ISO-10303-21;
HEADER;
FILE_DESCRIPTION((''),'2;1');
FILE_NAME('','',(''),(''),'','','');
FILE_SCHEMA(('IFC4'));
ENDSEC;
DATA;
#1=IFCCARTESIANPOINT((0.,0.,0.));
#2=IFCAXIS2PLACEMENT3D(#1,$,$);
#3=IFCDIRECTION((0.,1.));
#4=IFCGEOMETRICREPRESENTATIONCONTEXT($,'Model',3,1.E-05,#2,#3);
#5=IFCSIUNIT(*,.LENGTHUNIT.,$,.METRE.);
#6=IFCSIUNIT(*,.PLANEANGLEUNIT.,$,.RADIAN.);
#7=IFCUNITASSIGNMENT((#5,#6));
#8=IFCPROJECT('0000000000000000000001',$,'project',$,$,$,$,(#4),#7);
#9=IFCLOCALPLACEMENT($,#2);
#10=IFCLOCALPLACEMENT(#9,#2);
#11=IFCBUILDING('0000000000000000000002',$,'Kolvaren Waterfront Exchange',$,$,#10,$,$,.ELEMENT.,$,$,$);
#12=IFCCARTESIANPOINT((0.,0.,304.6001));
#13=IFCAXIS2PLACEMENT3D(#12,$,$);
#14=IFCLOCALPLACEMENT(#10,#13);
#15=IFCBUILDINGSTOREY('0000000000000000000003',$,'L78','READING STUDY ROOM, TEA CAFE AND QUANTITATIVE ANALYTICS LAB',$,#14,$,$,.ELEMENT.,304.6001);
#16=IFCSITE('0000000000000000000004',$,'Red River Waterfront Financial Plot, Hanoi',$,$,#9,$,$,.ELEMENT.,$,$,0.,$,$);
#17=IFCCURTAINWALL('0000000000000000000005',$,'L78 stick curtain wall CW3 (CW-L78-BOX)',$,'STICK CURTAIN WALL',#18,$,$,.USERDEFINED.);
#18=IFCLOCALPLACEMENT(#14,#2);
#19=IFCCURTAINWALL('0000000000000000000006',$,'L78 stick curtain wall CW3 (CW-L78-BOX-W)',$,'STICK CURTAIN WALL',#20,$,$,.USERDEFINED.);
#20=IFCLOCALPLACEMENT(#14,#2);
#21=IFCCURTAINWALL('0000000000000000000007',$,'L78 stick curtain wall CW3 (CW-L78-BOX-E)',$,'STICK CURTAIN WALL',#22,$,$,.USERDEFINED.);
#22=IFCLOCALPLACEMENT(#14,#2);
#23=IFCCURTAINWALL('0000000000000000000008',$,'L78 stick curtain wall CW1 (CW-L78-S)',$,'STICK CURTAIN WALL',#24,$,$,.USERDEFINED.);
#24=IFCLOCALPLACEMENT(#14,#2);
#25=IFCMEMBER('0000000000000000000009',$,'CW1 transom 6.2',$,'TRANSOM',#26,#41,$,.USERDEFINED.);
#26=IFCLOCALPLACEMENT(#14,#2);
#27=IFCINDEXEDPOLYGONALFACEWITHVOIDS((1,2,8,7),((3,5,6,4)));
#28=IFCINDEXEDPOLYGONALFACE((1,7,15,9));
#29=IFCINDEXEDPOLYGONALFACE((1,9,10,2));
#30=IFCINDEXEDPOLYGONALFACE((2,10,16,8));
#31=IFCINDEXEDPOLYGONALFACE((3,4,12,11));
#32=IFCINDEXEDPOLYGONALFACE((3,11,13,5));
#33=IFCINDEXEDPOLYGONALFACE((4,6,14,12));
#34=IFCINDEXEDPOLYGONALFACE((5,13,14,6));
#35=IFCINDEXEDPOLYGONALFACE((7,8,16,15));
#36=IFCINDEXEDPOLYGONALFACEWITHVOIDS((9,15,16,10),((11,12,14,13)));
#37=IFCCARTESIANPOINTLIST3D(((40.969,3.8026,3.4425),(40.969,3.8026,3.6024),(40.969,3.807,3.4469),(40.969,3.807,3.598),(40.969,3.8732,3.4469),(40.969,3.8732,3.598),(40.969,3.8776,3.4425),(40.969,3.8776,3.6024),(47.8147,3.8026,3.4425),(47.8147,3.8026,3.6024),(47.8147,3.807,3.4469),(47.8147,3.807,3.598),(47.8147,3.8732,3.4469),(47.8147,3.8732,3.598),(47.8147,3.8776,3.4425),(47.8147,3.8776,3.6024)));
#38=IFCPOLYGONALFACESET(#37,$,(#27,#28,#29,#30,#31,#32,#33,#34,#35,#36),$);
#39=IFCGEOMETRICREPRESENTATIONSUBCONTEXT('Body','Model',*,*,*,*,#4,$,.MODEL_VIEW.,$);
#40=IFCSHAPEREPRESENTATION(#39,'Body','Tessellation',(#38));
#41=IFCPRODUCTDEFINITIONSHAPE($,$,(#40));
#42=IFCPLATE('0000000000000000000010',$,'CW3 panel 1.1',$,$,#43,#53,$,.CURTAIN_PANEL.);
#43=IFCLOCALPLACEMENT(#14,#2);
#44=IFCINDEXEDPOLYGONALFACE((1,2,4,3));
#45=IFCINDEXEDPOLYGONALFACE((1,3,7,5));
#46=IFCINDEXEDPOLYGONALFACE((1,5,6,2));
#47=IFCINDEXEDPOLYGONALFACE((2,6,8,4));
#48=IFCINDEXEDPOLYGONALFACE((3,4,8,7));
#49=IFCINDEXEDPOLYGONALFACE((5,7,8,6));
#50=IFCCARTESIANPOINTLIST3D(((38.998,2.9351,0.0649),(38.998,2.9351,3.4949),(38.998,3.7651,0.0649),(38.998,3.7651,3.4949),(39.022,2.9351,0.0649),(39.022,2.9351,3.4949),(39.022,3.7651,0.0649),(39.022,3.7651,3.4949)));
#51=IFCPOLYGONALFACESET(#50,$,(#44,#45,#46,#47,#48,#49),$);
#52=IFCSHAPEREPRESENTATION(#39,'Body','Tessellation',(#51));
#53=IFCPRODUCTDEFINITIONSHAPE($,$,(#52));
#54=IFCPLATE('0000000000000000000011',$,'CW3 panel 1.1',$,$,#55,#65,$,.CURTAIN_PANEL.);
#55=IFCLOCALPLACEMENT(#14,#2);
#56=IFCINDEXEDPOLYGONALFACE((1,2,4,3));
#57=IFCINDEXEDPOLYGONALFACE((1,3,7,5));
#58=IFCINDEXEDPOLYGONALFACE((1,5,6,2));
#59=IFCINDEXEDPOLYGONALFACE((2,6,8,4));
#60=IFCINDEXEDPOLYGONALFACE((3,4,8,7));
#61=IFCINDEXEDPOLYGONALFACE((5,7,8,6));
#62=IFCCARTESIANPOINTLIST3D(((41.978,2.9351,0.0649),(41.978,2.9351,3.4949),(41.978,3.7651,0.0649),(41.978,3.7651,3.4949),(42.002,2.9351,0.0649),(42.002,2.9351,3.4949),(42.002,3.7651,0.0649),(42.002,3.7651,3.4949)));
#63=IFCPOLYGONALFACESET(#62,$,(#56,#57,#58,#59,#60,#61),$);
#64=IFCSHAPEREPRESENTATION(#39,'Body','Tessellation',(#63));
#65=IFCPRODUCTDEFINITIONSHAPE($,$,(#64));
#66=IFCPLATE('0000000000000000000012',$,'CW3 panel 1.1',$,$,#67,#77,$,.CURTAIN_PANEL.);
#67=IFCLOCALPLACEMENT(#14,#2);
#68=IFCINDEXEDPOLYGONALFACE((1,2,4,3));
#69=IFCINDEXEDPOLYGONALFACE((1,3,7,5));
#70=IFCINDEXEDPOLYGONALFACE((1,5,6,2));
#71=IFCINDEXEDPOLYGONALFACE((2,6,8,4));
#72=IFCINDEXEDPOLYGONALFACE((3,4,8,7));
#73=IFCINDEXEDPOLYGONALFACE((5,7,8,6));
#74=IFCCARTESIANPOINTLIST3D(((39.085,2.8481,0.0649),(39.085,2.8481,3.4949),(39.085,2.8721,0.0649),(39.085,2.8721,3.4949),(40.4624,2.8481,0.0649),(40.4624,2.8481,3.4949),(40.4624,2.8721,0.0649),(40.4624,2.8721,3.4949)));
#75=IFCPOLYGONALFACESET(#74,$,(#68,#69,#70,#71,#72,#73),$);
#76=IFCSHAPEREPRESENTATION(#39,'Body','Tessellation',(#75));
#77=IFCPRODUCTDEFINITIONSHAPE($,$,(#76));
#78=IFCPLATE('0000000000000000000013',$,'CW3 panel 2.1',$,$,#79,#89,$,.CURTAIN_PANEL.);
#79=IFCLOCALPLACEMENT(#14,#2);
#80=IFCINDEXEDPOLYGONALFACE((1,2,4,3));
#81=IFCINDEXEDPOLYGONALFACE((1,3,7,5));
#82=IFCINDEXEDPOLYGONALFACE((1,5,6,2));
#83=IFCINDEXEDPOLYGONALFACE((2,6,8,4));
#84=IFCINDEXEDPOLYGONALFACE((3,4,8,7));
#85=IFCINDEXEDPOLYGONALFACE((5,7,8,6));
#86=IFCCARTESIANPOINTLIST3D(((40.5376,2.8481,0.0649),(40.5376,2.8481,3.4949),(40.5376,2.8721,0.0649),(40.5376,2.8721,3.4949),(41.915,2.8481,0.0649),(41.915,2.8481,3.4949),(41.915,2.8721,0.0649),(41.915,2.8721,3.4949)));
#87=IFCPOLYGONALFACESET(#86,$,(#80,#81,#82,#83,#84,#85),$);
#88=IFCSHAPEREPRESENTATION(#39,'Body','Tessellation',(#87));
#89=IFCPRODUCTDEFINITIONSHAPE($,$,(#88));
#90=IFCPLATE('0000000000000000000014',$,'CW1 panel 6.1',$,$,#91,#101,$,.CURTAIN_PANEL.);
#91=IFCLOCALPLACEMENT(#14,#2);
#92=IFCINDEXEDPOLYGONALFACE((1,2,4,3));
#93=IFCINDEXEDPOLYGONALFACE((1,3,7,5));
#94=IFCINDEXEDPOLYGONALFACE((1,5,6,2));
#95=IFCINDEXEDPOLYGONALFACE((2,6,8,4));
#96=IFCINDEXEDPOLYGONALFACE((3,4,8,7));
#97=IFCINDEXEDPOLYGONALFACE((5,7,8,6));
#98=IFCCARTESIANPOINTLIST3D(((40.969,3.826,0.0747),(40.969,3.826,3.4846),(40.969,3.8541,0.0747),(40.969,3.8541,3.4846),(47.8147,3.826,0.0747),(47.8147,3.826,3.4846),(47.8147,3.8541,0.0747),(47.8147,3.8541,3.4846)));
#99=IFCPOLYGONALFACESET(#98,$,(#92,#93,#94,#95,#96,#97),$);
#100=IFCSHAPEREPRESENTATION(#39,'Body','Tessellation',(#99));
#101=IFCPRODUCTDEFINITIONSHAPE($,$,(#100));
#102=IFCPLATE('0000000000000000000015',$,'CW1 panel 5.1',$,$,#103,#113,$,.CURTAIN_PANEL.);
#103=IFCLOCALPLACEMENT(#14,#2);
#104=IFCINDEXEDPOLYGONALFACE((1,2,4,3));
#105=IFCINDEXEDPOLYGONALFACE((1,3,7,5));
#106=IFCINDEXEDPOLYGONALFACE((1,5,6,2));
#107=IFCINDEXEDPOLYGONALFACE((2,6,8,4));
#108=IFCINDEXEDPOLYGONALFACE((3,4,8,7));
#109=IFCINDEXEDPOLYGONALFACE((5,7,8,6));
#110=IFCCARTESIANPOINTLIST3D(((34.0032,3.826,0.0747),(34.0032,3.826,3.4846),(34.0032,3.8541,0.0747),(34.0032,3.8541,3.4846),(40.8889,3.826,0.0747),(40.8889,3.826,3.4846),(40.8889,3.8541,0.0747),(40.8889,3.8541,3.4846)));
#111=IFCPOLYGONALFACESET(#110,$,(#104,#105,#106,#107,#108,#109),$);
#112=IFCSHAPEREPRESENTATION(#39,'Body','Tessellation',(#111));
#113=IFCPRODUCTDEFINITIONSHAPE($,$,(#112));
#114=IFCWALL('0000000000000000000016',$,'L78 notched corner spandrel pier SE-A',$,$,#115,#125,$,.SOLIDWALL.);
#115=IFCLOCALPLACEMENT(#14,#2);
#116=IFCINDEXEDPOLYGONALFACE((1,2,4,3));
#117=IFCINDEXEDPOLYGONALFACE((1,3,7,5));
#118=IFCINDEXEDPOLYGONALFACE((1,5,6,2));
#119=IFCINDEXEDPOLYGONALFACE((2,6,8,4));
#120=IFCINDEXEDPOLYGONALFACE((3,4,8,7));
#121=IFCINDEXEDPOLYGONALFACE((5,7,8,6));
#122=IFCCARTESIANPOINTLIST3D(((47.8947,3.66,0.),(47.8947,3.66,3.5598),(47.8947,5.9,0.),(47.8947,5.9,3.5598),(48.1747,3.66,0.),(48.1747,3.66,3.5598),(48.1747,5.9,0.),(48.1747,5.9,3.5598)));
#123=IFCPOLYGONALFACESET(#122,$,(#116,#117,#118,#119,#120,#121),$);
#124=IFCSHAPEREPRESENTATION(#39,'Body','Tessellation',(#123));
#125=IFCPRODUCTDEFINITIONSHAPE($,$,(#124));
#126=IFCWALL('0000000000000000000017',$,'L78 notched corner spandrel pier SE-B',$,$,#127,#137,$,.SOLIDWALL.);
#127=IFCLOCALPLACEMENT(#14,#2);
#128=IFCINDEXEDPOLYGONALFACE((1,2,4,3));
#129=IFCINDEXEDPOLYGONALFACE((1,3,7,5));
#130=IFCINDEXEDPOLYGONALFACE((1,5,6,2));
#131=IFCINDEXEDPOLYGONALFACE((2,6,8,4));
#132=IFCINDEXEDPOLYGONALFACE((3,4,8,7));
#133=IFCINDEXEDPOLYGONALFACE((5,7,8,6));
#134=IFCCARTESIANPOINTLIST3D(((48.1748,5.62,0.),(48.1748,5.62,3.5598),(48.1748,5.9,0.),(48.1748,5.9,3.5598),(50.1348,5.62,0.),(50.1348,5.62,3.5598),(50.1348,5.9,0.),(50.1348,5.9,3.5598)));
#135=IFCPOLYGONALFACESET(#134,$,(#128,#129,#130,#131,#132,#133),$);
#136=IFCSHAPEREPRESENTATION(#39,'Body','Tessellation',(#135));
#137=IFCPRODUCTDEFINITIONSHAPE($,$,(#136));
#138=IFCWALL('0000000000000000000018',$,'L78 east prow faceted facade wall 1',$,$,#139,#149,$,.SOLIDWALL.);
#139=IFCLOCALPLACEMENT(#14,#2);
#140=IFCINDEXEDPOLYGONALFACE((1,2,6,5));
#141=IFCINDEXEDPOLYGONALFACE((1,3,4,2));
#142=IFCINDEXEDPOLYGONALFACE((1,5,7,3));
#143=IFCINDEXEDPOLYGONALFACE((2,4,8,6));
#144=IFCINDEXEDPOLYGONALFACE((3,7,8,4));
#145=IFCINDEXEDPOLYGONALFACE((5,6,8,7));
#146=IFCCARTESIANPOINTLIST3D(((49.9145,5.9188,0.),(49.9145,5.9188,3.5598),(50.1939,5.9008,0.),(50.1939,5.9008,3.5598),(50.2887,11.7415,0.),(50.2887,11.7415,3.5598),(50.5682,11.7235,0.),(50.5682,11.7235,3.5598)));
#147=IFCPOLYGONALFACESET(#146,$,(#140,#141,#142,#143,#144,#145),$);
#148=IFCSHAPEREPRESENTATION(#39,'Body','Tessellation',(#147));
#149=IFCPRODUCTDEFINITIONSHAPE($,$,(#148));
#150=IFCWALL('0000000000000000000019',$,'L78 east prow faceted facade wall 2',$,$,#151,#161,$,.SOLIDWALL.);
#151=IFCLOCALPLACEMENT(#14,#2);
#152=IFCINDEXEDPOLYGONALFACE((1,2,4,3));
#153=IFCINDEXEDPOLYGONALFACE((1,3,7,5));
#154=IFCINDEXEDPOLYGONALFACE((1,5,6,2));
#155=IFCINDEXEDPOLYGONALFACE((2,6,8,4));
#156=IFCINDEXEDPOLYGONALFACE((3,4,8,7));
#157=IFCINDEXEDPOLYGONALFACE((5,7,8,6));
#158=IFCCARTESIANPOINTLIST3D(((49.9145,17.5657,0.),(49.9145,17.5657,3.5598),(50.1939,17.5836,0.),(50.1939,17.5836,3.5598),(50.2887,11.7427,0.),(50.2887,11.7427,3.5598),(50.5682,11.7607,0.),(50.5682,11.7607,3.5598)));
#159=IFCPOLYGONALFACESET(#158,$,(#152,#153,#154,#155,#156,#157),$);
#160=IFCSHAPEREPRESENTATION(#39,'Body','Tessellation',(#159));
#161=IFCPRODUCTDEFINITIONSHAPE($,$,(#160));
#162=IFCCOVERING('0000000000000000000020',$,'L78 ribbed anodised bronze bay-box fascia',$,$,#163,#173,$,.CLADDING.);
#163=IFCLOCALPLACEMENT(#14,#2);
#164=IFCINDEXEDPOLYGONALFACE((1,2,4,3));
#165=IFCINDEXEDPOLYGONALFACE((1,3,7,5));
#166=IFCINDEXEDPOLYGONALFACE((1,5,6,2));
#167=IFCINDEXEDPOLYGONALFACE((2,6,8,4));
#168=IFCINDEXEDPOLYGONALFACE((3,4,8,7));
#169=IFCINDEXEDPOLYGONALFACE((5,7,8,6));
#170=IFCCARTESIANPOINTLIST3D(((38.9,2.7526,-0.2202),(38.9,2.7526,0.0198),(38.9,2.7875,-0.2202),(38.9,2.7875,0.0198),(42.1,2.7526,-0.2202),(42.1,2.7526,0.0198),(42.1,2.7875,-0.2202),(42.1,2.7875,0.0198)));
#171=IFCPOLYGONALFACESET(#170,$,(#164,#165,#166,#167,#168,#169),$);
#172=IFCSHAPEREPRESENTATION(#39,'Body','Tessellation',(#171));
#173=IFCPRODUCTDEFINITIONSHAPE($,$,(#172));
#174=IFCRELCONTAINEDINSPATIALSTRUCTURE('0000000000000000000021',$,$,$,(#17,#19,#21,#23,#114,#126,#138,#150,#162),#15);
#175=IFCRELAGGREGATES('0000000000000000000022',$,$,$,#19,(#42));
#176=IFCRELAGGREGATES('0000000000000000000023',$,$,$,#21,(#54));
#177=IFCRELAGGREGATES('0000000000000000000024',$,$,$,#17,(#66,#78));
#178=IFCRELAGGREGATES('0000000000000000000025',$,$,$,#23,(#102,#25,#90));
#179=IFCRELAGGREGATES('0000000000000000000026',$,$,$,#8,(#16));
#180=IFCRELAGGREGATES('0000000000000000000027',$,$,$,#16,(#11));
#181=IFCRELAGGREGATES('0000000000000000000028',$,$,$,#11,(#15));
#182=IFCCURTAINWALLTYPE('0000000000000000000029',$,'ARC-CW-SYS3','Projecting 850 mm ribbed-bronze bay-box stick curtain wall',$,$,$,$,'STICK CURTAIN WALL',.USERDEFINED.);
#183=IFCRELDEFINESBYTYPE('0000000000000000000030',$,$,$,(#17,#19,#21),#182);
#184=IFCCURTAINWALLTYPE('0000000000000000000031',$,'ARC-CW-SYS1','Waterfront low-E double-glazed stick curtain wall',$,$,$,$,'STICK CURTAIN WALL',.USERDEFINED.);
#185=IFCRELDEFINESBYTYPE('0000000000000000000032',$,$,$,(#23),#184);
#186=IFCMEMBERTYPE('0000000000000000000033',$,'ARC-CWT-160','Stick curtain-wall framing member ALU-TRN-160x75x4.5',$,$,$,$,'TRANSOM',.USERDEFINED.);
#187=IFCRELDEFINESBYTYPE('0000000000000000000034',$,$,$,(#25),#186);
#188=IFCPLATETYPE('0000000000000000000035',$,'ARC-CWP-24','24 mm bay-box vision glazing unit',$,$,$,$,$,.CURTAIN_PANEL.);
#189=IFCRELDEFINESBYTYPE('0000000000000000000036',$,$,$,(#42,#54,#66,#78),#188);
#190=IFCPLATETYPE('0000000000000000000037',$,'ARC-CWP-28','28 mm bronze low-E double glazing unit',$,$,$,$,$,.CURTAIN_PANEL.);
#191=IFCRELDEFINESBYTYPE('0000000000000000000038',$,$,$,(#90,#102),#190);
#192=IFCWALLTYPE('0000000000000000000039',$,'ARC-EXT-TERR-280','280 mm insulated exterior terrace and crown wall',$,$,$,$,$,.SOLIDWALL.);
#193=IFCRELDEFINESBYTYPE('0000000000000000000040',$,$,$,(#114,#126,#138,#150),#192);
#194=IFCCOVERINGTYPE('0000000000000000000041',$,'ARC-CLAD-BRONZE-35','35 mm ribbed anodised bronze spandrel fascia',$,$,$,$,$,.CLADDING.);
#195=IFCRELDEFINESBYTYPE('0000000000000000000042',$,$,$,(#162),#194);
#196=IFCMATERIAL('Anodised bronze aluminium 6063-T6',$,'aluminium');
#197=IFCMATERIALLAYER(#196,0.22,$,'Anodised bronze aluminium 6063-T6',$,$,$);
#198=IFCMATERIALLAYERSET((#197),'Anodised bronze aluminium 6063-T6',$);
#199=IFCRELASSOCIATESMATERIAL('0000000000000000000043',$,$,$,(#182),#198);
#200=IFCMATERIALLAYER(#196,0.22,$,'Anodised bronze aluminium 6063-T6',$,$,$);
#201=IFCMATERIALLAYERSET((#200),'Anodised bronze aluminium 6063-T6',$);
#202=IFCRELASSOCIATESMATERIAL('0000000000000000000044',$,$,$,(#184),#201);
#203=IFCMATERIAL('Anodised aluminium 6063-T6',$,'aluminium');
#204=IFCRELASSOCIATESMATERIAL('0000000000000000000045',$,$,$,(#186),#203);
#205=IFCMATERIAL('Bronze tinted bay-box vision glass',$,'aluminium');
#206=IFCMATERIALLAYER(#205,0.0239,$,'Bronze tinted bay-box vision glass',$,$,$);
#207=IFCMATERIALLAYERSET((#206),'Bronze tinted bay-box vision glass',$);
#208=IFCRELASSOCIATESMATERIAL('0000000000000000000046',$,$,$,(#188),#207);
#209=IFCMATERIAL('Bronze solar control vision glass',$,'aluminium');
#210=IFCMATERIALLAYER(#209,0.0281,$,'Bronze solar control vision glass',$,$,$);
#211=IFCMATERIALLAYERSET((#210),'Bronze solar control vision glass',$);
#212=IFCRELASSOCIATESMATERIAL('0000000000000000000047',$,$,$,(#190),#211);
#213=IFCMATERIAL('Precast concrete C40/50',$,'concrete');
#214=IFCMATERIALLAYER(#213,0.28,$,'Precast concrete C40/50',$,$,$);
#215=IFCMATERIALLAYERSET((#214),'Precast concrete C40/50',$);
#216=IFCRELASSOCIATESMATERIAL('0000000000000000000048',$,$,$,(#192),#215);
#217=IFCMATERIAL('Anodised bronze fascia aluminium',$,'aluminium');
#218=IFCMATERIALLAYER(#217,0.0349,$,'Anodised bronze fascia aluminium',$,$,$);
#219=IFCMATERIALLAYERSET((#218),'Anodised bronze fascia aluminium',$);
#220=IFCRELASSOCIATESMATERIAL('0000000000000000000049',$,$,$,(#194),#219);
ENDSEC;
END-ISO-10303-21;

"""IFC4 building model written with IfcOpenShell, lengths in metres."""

from ifc_helpers import new_model, si_unit, direction, frame, frame_2d, origin, origin_with_axes, origin_2d, place, context, subcontext, project, spatial, rectangle, hollow_rectangle, extrude, source, transform, mapped, material, layer, layer_set, material_profile, profile_set, type_object, element, aggregate, save


model = new_model("IFC4")

# Units and contexts
model_context = context("Model", 3, precision=1e-05, world=origin(), true_north=direction((0.0, 1.0)))
body_context = subcontext(model_context, "Body", "Model", "MODEL_VIEW")
ifc_project = project(units=[si_unit("LENGTHUNIT", "METRE"), si_unit("PLANEANGLEUNIT", "RADIAN")], contexts=[model_context])

# Site, building, storey
site_placement = place(None, origin())
site = spatial("IfcSite", under=ifc_project, at=site_placement, Name="Red River Waterfront Financial Plot, Hanoi", CompositionType="ELEMENT", RefElevation=0.0)
building_placement = place(site_placement, origin())
building = spatial("IfcBuilding", under=site, at=building_placement, Name="Kolvaren Waterfront Exchange", CompositionType="ELEMENT")
storey_placement = place(building_placement, frame((0.0, 0.0, 304.6001)))
storey = spatial("IfcBuildingStorey", under=building, at=storey_placement, Name="L78", Description="READING STUDY ROOM, TEA CAFE AND QUANTITATIVE ANALYTICS LAB", CompositionType="ELEMENT", Elevation=304.6001)

# Curtain walls
ifc_material_1 = material(Name="Anodised bronze aluminium 6063-T6", Category="aluminium")
ifc_layer_1 = layer(ifc_material_1, 0.22, Name="Anodised bronze aluminium 6063-T6")
ifc_layer_set_1 = layer_set([ifc_layer_1], Name="Anodised bronze aluminium 6063-T6")
curtain_wall_type_1 = type_object("IfcCurtainWallType", Name="ARC-CW-SYS3", Description="Projecting 850 mm ribbed-bronze bay-box stick curtain wall", ElementType="STICK CURTAIN WALL", PredefinedType="USERDEFINED", material=ifc_layer_set_1)
curtain_wall_1_placement = place(storey_placement, origin())
curtain_wall_1 = element("IfcCurtainWall", 1, at=curtain_wall_1_placement, inside=storey, type_object=curtain_wall_type_1, Name="L78 stick curtain wall CW3 (CW-L78-BOX)", ObjectType="STICK CURTAIN WALL", PredefinedType="USERDEFINED")
curtain_wall_2_placement = place(storey_placement, origin())
curtain_wall_2 = element("IfcCurtainWall", 2, at=curtain_wall_2_placement, inside=storey, type_object=curtain_wall_type_1, Name="L78 stick curtain wall CW3 (CW-L78-BOX-W)", ObjectType="STICK CURTAIN WALL", PredefinedType="USERDEFINED")
curtain_wall_3_placement = place(storey_placement, origin())
curtain_wall_3 = element("IfcCurtainWall", 3, at=curtain_wall_3_placement, inside=storey, type_object=curtain_wall_type_1, Name="L78 stick curtain wall CW3 (CW-L78-BOX-E)", ObjectType="STICK CURTAIN WALL", PredefinedType="USERDEFINED")

# Curtain wall, member
ifc_layer_2 = layer(ifc_material_1, 0.22, Name="Anodised bronze aluminium 6063-T6")
ifc_layer_set_2 = layer_set([ifc_layer_2], Name="Anodised bronze aluminium 6063-T6")
curtain_wall_type_2 = type_object("IfcCurtainWallType", Name="ARC-CW-SYS1", Description="Waterfront low-E double-glazed stick curtain wall", ElementType="STICK CURTAIN WALL", PredefinedType="USERDEFINED", material=ifc_layer_set_2)
curtain_wall_4_placement = place(storey_placement, origin())
curtain_wall_4 = element("IfcCurtainWall", 4, at=curtain_wall_4_placement, inside=storey, type_object=curtain_wall_type_2, Name="L78 stick curtain wall CW1 (CW-L78-S)", ObjectType="STICK CURTAIN WALL", PredefinedType="USERDEFINED")
ifc_material_2 = material(Name="Anodised aluminium 6063-T6", Category="aluminium")
ifc_material_profile_1 = material_profile(ifc_material_2, hollow_rectangle(XDim=0.075, YDim=0.1599, WallThickness=0.0044, at=origin_2d()), Name="ALU-TRN-160x75x4.5")
ifc_profile_set_1 = profile_set([ifc_material_profile_1], Name="Anodised aluminium 6063-T6")
member_type_1 = type_object("IfcMemberType", Name="ARC-CWT-160", Description="Stick curtain-wall framing member ALU-TRN-160x75x4.5", ElementType="TRANSOM", PredefinedType="USERDEFINED", material=ifc_profile_set_1)
shared_shape_1 = source(origin_with_axes(), body_context, "Body", "SweptSolid", [
    extrude(hollow_rectangle(XDim=0.075, YDim=0.1599, WallThickness=0.0044, at=origin_2d()), origin(), (0.0, 0.0, 1.0), 6.8457),
])
member_1_placement = place(storey_placement, frame((40.969, 3.8401, 3.5225), z_axis=(1.0, 0.0, 0.0), x_axis=(0.0, 1.0, 0.0)))
member_1 = element("IfcMember", 5, at=member_1_placement, type_object=member_type_1, Name="CW1 transom 6.2", ObjectType="TRANSOM", PredefinedType="USERDEFINED", context=body_context, shape_type="MappedRepresentation", body=[
    mapped(shared_shape_1, transform((0.0, 0.0, 0.0), x_axis=(1.0, 0.0, 0.0), y_axis=(0.0, 1.0, 0.0), z_axis=(0.0, 0.0, 1.0), scale=1.0)),
])

# Plates
ifc_material_3 = material(Name="Bronze tinted bay-box vision glass", Category="aluminium")
ifc_layer_3 = layer(ifc_material_3, 0.0239, Name="Bronze tinted bay-box vision glass")
ifc_layer_set_3 = layer_set([ifc_layer_3], Name="Bronze tinted bay-box vision glass")
plate_type_1 = type_object("IfcPlateType", Name="ARC-CWP-24", Description="24 mm bay-box vision glazing unit", PredefinedType="CURTAIN_PANEL", material=ifc_layer_set_3)
shared_shape_2 = source(origin_with_axes(), body_context, "Body", "SweptSolid", [
    extrude(rectangle(XDim=0.8301, YDim=0.0239, at=origin_2d()), origin(), (0.0, 0.0, 1.0), 3.4299),
])
plate_1_placement = place(storey_placement, frame((39.01, 3.3501, 0.0649), z_axis=(0.0, 0.0, 1.0), x_axis=(0.0, -1.0, 0.0)))
plate_1 = element("IfcPlate", 6, at=plate_1_placement, type_object=plate_type_1, Name="CW3 panel 1.1", PredefinedType="CURTAIN_PANEL", context=body_context, shape_type="MappedRepresentation", body=[
    mapped(shared_shape_2, transform((0.0, 0.0, 0.0), x_axis=(1.0, 0.0, 0.0), y_axis=(0.0, 1.0, 0.0), z_axis=(0.0, 0.0, 1.0), scale=1.0)),
])
aggregate(curtain_wall_2, [plate_1])
plate_2_placement = place(storey_placement, frame((41.99, 3.3501, 0.0649), z_axis=(0.0, 0.0, 1.0), x_axis=(0.0, 1.0, 0.0)))
plate_2 = element("IfcPlate", 7, at=plate_2_placement, type_object=plate_type_1, Name="CW3 panel 1.1", PredefinedType="CURTAIN_PANEL", context=body_context, shape_type="MappedRepresentation", body=[
    mapped(shared_shape_2, transform((0.0, 0.0, 0.0), x_axis=(1.0, 0.0, 0.0), y_axis=(0.0, 1.0, 0.0), z_axis=(0.0, 0.0, 1.0), scale=1.0)),
])
aggregate(curtain_wall_3, [plate_2])
shared_shape_3 = source(origin_with_axes(), body_context, "Body", "SweptSolid", [
    extrude(rectangle(XDim=1.3774, YDim=0.0239, at=origin_2d()), origin(), (0.0, 0.0, 1.0), 3.4299),
])
plate_3_placement = place(storey_placement, frame((39.7737, 2.8601, 0.0649), z_axis=(0.0, 0.0, 1.0), x_axis=(1.0, 0.0, 0.0)))
plate_3 = element("IfcPlate", 8, at=plate_3_placement, type_object=plate_type_1, Name="CW3 panel 1.1", PredefinedType="CURTAIN_PANEL", context=body_context, shape_type="MappedRepresentation", body=[
    mapped(shared_shape_3, transform((0.0, 0.0, 0.0), x_axis=(1.0, 0.0, 0.0), y_axis=(0.0, 1.0, 0.0), z_axis=(0.0, 0.0, 1.0), scale=1.0)),
])
plate_4_placement = place(storey_placement, frame((41.2263, 2.8601, 0.0649), z_axis=(0.0, 0.0, 1.0), x_axis=(1.0, 0.0, 0.0)))
plate_4 = element("IfcPlate", 9, at=plate_4_placement, type_object=plate_type_1, Name="CW3 panel 2.1", PredefinedType="CURTAIN_PANEL", context=body_context, shape_type="MappedRepresentation", body=[
    mapped(shared_shape_3, transform((0.0, 0.0, 0.0), x_axis=(1.0, 0.0, 0.0), y_axis=(0.0, 1.0, 0.0), z_axis=(0.0, 0.0, 1.0), scale=1.0)),
])
aggregate(curtain_wall_1, [plate_3, plate_4])
ifc_material_4 = material(Name="Bronze solar control vision glass", Category="aluminium")
ifc_layer_4 = layer(ifc_material_4, 0.0281, Name="Bronze solar control vision glass")
ifc_layer_set_4 = layer_set([ifc_layer_4], Name="Bronze solar control vision glass")
plate_type_2 = type_object("IfcPlateType", Name="ARC-CWP-28", Description="28 mm bronze low-E double glazing unit", PredefinedType="CURTAIN_PANEL", material=ifc_layer_set_4)
shared_shape_4 = source(origin_with_axes(), body_context, "Body", "SweptSolid", [
    extrude(rectangle(XDim=6.8457, YDim=0.0281, at=origin_2d()), origin(), (0.0, 0.0, 1.0), 3.4099),
])
plate_5_placement = place(storey_placement, frame((44.3918, 3.8401, 0.0747), z_axis=(0.0, 0.0, 1.0), x_axis=(1.0, 0.0, 0.0)))
plate_5 = element("IfcPlate", 10, at=plate_5_placement, type_object=plate_type_2, Name="CW1 panel 6.1", PredefinedType="CURTAIN_PANEL", context=body_context, shape_type="MappedRepresentation", body=[
    mapped(shared_shape_4, transform((0.0, 0.0, 0.0), x_axis=(1.0, 0.0, 0.0), y_axis=(0.0, 1.0, 0.0), z_axis=(0.0, 0.0, 1.0), scale=1.0)),
])
shared_shape_5 = source(origin_with_axes(), body_context, "Body", "SweptSolid", [
    extrude(rectangle(XDim=6.8857, YDim=0.0281, at=origin_2d()), origin(), (0.0, 0.0, 1.0), 3.4099),
])
plate_6_placement = place(storey_placement, frame((37.446, 3.8401, 0.0747), z_axis=(0.0, 0.0, 1.0), x_axis=(1.0, 0.0, 0.0)))
plate_6 = element("IfcPlate", 11, at=plate_6_placement, type_object=plate_type_2, Name="CW1 panel 5.1", PredefinedType="CURTAIN_PANEL", context=body_context, shape_type="MappedRepresentation", body=[
    mapped(shared_shape_5, transform((0.0, 0.0, 0.0), x_axis=(1.0, 0.0, 0.0), y_axis=(0.0, 1.0, 0.0), z_axis=(0.0, 0.0, 1.0), scale=1.0)),
])
aggregate(curtain_wall_4, [plate_6, member_1, plate_5])

# Walls
ifc_material_5 = material(Name="Precast concrete C40/50", Category="concrete")
ifc_layer_5 = layer(ifc_material_5, 0.28, Name="Precast concrete C40/50")
ifc_layer_set_5 = layer_set([ifc_layer_5], Name="Precast concrete C40/50")
wall_type = type_object("IfcWallType", Name="ARC-EXT-TERR-280", Description="280 mm insulated exterior terrace and crown wall", PredefinedType="SOLIDWALL", material=ifc_layer_set_5)
wall_1_placement = place(storey_placement, frame((48.0347, 3.6599, 0.0), z_axis=(0.0, 0.0, 1.0), x_axis=(0.0, 1.0, 0.0)))
element("IfcWall", 12, at=wall_1_placement, inside=storey, type_object=wall_type, Name="L78 notched corner spandrel pier SE-A", PredefinedType="SOLIDWALL", context=body_context, shape_type="SweptSolid", body=[
    extrude(rectangle(XDim=2.24, YDim=0.28, at=frame_2d((1.1201, 0.0))), origin(), (0.0, 0.0, 1.0), 3.5598),
])
wall_2_placement = place(storey_placement, frame((48.1748, 5.76, 0.0), z_axis=(0.0, 0.0, 1.0), x_axis=(1.0, 0.0, 0.0)))
element("IfcWall", 13, at=wall_2_placement, inside=storey, type_object=wall_type, Name="L78 notched corner spandrel pier SE-B", PredefinedType="SOLIDWALL", context=body_context, shape_type="SweptSolid", body=[
    extrude(rectangle(XDim=1.96, YDim=0.28, at=frame_2d((0.98, 0.0))), origin(), (0.0, 0.0, 1.0), 3.5598),
])
wall_3_placement = place(storey_placement, frame((50.0542, 5.9097, 0.0), z_axis=(0.0, 0.0, 1.0), x_axis=(0.064144, 0.997941, 0.0)))
element("IfcWall", 14, at=wall_3_placement, inside=storey, type_object=wall_type, Name="L78 east prow faceted facade wall 1", PredefinedType="SOLIDWALL", context=body_context, shape_type="SweptSolid", body=[
    extrude(rectangle(XDim=5.8347, YDim=0.28, at=frame_2d((2.9175, 0.0))), origin(), (0.0, 0.0, 1.0), 3.5598),
])
wall_4_placement = place(storey_placement, frame((50.4285, 11.7517, 0.0), z_axis=(0.0, 0.0, 1.0), x_axis=(-0.064142, 0.997941, 0.0)))
element("IfcWall", 15, at=wall_4_placement, inside=storey, type_object=wall_type, Name="L78 east prow faceted facade wall 2", PredefinedType="SOLIDWALL", context=body_context, shape_type="SweptSolid", body=[
    extrude(rectangle(XDim=5.835, YDim=0.28, at=frame_2d((2.9175, 0.0))), origin(), (0.0, 0.0, 1.0), 3.5598),
])

# Covering
ifc_material_6 = material(Name="Anodised bronze fascia aluminium", Category="aluminium")
ifc_layer_6 = layer(ifc_material_6, 0.0349, Name="Anodised bronze fascia aluminium")
ifc_layer_set_6 = layer_set([ifc_layer_6], Name="Anodised bronze fascia aluminium")
covering_type = type_object("IfcCoveringType", Name="ARC-CLAD-BRONZE-35", Description="35 mm ribbed anodised bronze spandrel fascia", PredefinedType="CLADDING", material=ifc_layer_set_6)
covering_placement = place(storey_placement, frame((40.5, 2.77, -0.2202), z_axis=(0.0, 0.0, 1.0), x_axis=(1.0, 0.0, 0.0)))
element("IfcCovering", 16, at=covering_placement, inside=storey, type_object=covering_type, Name="L78 ribbed anodised bronze bay-box fascia", PredefinedType="CLADDING", context=body_context, shape_type="SweptSolid", body=[
    extrude(rectangle(XDim=3.2, YDim=0.0349, at=origin_2d()), origin(), (0.0, 0.0, 1.0), 0.24),
])

save(model, "model.ifc")
